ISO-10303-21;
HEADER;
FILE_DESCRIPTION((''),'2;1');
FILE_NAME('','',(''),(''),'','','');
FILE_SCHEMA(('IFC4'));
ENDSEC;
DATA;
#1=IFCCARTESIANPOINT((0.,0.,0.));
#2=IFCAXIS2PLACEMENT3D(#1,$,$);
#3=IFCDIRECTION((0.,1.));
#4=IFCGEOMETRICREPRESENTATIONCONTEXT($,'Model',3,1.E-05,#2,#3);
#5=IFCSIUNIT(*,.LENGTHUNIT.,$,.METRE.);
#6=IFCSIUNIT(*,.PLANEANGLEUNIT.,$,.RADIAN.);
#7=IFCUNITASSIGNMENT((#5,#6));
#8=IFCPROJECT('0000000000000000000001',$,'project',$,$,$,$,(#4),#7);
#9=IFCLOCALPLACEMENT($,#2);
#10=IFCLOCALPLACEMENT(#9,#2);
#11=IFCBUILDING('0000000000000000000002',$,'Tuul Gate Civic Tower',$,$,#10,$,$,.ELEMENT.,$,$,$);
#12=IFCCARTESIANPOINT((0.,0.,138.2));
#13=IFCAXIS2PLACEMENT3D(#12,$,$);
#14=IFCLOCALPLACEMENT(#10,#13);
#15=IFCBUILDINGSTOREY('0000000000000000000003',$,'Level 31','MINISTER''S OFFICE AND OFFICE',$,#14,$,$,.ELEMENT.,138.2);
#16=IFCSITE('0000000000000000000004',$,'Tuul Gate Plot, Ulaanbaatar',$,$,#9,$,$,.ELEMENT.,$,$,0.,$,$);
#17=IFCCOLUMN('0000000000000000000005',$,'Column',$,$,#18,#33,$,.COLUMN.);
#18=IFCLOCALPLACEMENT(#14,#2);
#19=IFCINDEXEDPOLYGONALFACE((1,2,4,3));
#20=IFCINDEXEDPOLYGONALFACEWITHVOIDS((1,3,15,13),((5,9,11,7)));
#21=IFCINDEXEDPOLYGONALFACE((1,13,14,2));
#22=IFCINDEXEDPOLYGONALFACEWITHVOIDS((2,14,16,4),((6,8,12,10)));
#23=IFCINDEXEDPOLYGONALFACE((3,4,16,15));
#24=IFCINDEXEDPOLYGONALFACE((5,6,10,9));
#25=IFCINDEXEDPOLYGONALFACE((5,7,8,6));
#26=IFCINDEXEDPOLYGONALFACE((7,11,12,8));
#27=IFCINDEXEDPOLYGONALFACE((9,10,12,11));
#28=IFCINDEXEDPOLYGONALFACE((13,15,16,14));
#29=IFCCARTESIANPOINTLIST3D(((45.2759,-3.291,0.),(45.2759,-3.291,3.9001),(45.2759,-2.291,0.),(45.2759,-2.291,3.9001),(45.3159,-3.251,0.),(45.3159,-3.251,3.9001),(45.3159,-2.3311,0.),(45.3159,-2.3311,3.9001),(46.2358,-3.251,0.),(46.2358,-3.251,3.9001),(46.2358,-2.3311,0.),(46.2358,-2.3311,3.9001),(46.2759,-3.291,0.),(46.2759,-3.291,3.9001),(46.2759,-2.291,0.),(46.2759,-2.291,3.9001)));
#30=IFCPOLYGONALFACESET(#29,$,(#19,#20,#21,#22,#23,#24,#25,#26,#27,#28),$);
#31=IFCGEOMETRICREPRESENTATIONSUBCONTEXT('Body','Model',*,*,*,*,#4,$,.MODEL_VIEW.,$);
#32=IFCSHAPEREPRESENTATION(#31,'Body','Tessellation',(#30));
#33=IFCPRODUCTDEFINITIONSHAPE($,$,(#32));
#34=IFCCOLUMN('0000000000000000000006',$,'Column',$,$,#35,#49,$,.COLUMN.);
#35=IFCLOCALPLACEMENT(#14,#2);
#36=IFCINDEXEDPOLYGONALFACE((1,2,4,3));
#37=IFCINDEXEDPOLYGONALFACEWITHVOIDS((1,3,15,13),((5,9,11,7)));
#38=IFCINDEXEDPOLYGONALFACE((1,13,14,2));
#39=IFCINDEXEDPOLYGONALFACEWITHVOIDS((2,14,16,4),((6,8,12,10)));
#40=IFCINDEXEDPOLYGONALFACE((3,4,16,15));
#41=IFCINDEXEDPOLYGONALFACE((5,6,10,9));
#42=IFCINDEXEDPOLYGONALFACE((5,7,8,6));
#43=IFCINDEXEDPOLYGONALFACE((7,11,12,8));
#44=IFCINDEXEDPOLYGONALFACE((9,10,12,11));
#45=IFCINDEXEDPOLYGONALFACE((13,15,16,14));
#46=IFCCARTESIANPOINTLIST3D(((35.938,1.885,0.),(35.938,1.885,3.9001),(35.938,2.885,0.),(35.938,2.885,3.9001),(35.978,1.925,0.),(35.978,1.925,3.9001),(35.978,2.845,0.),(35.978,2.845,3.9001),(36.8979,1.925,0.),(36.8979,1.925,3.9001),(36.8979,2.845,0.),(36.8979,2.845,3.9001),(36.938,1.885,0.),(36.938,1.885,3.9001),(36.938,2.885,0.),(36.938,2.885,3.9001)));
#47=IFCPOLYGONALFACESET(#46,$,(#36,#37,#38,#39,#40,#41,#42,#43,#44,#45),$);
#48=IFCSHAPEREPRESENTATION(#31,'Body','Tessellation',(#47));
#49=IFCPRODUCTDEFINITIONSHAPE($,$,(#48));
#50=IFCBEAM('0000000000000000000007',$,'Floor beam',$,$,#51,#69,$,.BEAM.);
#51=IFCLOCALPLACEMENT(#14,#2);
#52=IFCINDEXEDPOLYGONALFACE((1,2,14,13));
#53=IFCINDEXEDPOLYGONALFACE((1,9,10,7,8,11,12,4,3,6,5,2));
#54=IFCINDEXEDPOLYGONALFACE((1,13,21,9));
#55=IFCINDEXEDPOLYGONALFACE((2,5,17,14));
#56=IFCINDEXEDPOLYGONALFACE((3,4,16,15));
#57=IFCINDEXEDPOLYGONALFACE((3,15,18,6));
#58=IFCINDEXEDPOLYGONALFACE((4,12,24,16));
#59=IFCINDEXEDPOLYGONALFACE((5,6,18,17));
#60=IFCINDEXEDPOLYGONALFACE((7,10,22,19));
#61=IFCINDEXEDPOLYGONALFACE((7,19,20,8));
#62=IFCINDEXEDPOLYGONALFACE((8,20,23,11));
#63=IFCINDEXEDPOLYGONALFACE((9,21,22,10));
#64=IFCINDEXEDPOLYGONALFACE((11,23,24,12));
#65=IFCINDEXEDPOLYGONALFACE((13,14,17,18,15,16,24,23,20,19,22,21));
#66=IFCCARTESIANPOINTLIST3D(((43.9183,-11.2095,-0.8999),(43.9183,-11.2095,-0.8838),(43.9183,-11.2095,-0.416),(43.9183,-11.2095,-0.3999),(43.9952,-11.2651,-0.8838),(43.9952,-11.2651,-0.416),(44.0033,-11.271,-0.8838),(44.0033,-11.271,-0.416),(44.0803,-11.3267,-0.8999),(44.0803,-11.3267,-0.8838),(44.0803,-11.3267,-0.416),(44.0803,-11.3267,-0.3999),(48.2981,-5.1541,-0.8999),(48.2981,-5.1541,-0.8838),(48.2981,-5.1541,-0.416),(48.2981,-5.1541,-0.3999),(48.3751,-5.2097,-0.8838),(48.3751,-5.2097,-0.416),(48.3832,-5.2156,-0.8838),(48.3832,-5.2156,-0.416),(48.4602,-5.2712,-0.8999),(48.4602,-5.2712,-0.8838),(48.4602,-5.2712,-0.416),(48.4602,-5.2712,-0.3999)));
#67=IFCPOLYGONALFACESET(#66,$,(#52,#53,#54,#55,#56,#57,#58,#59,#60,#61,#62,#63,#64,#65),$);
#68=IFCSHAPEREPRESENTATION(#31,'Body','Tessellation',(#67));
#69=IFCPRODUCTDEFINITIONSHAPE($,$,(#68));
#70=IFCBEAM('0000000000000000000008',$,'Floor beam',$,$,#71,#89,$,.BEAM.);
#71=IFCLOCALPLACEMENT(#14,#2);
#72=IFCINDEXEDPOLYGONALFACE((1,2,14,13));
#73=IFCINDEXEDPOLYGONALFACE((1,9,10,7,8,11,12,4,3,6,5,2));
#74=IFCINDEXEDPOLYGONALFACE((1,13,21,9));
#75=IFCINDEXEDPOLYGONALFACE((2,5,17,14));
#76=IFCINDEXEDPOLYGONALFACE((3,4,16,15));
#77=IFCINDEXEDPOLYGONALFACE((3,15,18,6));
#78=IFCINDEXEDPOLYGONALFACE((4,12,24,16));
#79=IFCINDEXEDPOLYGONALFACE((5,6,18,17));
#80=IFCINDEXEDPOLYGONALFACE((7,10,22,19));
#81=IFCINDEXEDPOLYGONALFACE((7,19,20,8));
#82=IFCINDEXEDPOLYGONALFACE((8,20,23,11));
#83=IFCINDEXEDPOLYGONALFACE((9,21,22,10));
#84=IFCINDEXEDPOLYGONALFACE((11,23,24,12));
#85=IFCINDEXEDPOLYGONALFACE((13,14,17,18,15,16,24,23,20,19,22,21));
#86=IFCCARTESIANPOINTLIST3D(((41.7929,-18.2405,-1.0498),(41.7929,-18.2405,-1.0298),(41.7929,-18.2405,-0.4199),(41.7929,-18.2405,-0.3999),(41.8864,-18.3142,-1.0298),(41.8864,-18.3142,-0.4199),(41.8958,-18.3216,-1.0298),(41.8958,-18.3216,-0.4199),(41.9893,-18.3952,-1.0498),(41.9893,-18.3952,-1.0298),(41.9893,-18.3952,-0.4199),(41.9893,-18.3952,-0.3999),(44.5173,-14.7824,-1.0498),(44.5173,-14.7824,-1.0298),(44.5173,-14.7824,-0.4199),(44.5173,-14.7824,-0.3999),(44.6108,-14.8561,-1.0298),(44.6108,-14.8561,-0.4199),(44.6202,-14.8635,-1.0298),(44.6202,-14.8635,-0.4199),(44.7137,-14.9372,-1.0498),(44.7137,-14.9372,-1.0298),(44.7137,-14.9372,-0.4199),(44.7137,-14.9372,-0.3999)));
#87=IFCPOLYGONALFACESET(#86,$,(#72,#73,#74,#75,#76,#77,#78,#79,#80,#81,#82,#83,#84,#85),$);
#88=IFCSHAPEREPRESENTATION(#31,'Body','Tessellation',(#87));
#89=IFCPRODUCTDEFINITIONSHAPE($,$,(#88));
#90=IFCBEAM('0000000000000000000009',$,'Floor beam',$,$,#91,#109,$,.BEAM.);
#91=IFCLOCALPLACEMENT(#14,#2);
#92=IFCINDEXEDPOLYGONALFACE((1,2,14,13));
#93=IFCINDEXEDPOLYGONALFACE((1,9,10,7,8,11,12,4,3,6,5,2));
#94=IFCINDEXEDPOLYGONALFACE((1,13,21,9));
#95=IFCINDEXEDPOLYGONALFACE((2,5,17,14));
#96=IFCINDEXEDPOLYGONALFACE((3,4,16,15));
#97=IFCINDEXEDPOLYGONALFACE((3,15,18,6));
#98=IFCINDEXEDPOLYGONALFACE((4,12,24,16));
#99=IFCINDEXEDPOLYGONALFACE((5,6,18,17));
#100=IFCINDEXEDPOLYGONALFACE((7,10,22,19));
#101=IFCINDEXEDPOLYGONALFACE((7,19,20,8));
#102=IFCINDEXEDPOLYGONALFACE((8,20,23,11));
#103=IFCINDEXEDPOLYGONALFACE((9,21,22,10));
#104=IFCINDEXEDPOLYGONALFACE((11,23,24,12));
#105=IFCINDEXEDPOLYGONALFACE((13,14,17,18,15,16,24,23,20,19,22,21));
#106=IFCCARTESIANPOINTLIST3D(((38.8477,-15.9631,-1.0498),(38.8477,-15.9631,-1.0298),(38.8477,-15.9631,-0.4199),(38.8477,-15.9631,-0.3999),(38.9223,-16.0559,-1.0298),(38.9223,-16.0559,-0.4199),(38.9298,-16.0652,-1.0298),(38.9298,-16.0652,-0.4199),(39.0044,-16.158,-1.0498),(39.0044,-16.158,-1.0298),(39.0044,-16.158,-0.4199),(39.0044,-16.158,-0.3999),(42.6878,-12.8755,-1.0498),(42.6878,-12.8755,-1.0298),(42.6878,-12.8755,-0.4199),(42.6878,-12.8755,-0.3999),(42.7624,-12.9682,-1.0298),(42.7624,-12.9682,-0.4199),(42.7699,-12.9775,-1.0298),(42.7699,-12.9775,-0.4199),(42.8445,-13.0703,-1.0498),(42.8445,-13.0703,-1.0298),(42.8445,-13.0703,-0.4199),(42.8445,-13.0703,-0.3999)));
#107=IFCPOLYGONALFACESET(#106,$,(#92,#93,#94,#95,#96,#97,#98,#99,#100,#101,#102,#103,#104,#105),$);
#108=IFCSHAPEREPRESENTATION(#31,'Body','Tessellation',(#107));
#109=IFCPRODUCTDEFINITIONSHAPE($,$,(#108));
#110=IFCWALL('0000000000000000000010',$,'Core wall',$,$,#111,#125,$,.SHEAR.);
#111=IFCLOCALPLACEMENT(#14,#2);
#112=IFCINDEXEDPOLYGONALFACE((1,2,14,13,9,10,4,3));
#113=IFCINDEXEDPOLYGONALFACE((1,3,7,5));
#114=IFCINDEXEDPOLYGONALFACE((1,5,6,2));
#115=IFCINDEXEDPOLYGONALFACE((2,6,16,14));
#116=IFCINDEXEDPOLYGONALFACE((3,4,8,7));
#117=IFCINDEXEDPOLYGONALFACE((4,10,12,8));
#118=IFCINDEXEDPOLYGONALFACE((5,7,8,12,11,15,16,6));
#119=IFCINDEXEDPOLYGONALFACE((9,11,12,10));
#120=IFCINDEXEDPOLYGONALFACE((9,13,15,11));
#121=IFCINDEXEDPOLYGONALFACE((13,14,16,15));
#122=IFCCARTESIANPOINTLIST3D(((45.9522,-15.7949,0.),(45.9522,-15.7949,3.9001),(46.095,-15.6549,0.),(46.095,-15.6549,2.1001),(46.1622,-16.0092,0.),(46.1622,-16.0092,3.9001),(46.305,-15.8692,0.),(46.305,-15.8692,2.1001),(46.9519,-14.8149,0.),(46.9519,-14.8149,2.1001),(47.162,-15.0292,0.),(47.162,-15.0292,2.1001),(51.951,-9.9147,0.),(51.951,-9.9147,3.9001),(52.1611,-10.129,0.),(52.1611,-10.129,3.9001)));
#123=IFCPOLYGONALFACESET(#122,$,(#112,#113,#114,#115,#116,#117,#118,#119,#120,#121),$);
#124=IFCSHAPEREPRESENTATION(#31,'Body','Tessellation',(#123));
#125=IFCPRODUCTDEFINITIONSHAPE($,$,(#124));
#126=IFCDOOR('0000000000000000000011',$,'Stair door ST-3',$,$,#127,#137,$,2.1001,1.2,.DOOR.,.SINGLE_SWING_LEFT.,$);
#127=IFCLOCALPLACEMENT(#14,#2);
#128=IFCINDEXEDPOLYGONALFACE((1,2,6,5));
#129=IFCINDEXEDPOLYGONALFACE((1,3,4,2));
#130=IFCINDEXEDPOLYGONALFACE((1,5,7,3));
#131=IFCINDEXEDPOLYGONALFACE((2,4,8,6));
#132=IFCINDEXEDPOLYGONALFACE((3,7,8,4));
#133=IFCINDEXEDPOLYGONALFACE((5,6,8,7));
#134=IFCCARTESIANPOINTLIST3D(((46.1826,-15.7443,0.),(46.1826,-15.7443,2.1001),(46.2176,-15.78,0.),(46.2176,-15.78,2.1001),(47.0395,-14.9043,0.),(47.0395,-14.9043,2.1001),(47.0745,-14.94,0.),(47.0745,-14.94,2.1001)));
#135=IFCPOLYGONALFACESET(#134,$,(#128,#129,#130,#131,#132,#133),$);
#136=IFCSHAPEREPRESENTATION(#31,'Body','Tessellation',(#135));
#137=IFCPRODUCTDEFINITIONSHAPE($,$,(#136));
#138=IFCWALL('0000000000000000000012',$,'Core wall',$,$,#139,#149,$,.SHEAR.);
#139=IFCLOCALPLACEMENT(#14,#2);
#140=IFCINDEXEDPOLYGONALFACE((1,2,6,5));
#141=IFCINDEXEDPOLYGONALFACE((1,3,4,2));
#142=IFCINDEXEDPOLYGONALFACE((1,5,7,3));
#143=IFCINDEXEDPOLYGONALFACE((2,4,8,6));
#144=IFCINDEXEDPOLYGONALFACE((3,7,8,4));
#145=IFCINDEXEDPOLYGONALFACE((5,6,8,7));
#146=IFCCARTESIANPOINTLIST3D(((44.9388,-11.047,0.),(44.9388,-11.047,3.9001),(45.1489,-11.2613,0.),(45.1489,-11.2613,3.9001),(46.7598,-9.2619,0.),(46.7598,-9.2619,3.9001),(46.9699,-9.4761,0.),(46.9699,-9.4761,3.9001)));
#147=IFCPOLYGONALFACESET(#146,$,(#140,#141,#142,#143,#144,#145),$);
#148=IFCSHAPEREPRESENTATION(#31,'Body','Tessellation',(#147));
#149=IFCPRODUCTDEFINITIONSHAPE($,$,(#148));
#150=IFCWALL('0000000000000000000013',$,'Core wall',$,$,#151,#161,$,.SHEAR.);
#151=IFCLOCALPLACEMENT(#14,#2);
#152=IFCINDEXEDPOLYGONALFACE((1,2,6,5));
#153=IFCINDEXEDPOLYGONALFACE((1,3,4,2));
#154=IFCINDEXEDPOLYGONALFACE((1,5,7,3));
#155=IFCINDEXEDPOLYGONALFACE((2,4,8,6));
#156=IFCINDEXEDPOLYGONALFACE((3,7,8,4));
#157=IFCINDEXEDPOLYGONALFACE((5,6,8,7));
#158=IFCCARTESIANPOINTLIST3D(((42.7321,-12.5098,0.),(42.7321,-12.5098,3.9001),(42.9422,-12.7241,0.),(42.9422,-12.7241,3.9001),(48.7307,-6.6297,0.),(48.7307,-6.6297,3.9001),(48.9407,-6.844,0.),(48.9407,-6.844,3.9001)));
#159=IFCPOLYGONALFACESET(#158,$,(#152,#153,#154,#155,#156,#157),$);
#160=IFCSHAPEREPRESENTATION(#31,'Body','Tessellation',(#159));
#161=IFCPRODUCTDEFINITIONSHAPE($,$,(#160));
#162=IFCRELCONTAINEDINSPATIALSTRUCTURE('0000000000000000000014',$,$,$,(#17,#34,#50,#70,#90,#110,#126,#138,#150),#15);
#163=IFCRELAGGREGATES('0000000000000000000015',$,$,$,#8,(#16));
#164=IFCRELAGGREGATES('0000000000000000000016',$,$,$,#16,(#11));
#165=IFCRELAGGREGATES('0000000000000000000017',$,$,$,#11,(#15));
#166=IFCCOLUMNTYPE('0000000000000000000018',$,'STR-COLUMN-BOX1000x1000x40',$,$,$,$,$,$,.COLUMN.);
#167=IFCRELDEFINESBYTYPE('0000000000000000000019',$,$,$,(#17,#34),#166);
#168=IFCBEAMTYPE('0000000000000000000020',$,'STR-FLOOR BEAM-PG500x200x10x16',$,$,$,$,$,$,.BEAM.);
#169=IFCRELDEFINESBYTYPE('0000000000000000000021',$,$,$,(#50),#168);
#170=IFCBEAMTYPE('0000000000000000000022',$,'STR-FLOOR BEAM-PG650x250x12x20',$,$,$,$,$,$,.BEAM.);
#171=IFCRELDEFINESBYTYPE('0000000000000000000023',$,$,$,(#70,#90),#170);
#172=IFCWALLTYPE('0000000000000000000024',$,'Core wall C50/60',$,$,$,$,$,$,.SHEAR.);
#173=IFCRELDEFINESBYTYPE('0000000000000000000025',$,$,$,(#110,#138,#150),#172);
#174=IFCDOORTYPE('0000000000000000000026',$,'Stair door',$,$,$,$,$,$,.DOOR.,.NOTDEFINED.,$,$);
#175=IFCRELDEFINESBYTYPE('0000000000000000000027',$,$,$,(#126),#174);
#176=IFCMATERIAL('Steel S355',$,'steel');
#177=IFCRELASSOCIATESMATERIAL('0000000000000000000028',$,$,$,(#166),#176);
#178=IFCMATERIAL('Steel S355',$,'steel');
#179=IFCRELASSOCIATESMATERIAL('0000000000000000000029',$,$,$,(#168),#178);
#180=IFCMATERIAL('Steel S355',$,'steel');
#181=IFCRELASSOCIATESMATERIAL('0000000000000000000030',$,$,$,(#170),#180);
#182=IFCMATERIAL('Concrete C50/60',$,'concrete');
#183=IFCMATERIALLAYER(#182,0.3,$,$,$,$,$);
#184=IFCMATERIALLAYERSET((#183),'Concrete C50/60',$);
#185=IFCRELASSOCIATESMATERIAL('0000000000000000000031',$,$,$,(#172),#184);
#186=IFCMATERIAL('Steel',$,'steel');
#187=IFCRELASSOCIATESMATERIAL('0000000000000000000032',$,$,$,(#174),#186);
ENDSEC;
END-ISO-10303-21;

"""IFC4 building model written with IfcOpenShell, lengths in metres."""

from ifc_helpers import new_model, si_unit, direction, frame, frame_2d, origin, origin_2d, place, context, subcontext, project, spatial, rectangle, hollow_rectangle, i_section, extrude, material, layer, layer_set, material_profile, profile_set, type_object, element, fill, save


model = new_model("IFC4")

# Units and contexts
model_context = context("Model", 3, precision=1e-05, world=origin(), true_north=direction((0.0, 1.0)))
body_context = subcontext(model_context, "Body", "Model", "MODEL_VIEW")
ifc_project = project(units=[si_unit("LENGTHUNIT", "METRE"), si_unit("PLANEANGLEUNIT", "RADIAN")], contexts=[model_context])

# Site, building, storey
site_placement = place(None, origin())
site = spatial("IfcSite", under=ifc_project, at=site_placement, Name="Tuul Gate Plot, Ulaanbaatar", CompositionType="ELEMENT", RefElevation=0.0)
building_placement = place(site_placement, origin())
building = spatial("IfcBuilding", under=site, at=building_placement, Name="Tuul Gate Civic Tower", CompositionType="ELEMENT")
storey_placement = place(building_placement, frame((0.0, 0.0, 138.2)))
storey = spatial("IfcBuildingStorey", under=building, at=storey_placement, Name="Level 31", Description="MINISTER'S OFFICE AND OFFICE", CompositionType="ELEMENT", Elevation=138.2)

# Columns
ifc_material_1 = material(Name="Steel S355", Category="steel")
ifc_material_profile_1 = material_profile(ifc_material_1, hollow_rectangle(XDim=1.0, YDim=1.0, WallThickness=0.04, at=origin_2d()), Name="BOX1000x1000x40")
ifc_profile_set_1 = profile_set([ifc_material_profile_1], Name="Steel S355")
column_type = type_object("IfcColumnType", Name="STR-COLUMN-BOX1000x1000x40", PredefinedType="COLUMN", material=ifc_profile_set_1)
for number, where, z_axis, x_axis, name in (
    (1, (45.7759, -2.791, 0.0), (0.0, 0.0, 1.0), (1.0, 0.0, 0.0), "Column"),
    (2, (36.438, 2.385, 0.0), (0.0, 0.0, 1.0), (1.0, 0.0, 0.0), "Column"),
):
    element("IfcColumn", number, at=place(storey_placement, frame(where, z_axis=z_axis, x_axis=x_axis)), inside=storey, type_object=column_type, Name=name, PredefinedType="COLUMN", context=body_context, shape_type="SweptSolid", body=[
        extrude(hollow_rectangle(XDim=1.0, YDim=1.0, WallThickness=0.04, at=origin_2d()), origin(), (0.0, 0.0, 1.0), 3.9001),
    ])

# Beams
ifc_material_2 = material(Name="Steel S355", Category="steel")
ifc_material_profile_2 = material_profile(ifc_material_2, i_section(OverallWidth=0.2, OverallDepth=0.5, WebThickness=0.01, FlangeThickness=0.0161, at=origin_2d()), Name="PG500x200x10x16")
ifc_profile_set_2 = profile_set([ifc_material_profile_2], Name="Steel S355")
beam_type_1 = type_object("IfcBeamType", Name="STR-FLOOR BEAM-PG500x200x10x16", PredefinedType="BEAM", material=ifc_profile_set_2)
beam_1_placement = place(storey_placement, frame((43.9993, -11.2681, -0.6499), z_axis=(0.586064, 0.810265, 0.0), x_axis=(-0.810265, 0.586064, 0.0)))
element("IfcBeam", 3, at=beam_1_placement, inside=storey, type_object=beam_type_1, Name="Floor beam", PredefinedType="BEAM", context=body_context, shape_type="SweptSolid", body=[
    extrude(i_section(OverallWidth=0.2, OverallDepth=0.5, WebThickness=0.01, FlangeThickness=0.0161, at=origin_2d()), origin(), (0.0, 0.0, 1.0), 7.4734),
])
ifc_material_3 = material(Name="Steel S355", Category="steel")
ifc_material_profile_3 = material_profile(ifc_material_3, i_section(OverallWidth=0.25, OverallDepth=0.6499, WebThickness=0.012, FlangeThickness=0.02, at=origin_2d()), Name="PG650x250x12x20")
ifc_profile_set_3 = profile_set([ifc_material_profile_3], Name="Steel S355")
beam_type_2 = type_object("IfcBeamType", Name="STR-FLOOR BEAM-PG650x250x12x20", PredefinedType="BEAM", material=ifc_profile_set_3)
beam_2_placement = place(storey_placement, frame((41.8911, -18.3179, -0.7249), z_axis=(0.618855, 0.785506, 0.0), x_axis=(-0.785506, 0.618855, 0.0)))
element("IfcBeam", 4, at=beam_2_placement, inside=storey, type_object=beam_type_2, Name="Floor beam", PredefinedType="BEAM", context=body_context, shape_type="SweptSolid", body=[
    extrude(i_section(OverallWidth=0.25, OverallDepth=0.6499, WebThickness=0.012, FlangeThickness=0.02, at=origin_2d()), origin(), (0.0, 0.0, 1.0), 4.4023),
])
beam_3_placement = place(storey_placement, frame((38.926, -16.0605, -0.7249), z_axis=(0.779324, 0.626621, 0.0), x_axis=(-0.626621, 0.779324, 0.0)))
element("IfcBeam", 5, at=beam_3_placement, inside=storey, type_object=beam_type_2, Name="Floor beam", PredefinedType="BEAM", context=body_context, shape_type="SweptSolid", body=[
    extrude(i_section(OverallWidth=0.25, OverallDepth=0.6499, WebThickness=0.012, FlangeThickness=0.02, at=origin_2d()), origin(), (0.0, 0.0, 1.0), 4.9275),
])

# Wall, opening, door
ifc_material_4 = material(Name="Concrete C50/60", Category="concrete")
ifc_layer_1 = layer(ifc_material_4, 0.3)
ifc_layer_set_1 = layer_set([ifc_layer_1], Name="Concrete C50/60")
wall_type_1 = type_object("IfcWallType", Name="Core wall C50/60", PredefinedType="SHEAR", material=ifc_layer_set_1)
wall_1_placement = place(storey_placement, frame((46.0571, -15.9021, 0.0), z_axis=(0.0, 0.0, 1.0), x_axis=(0.714134, 0.700009, 0.0)))
wall_1 = element("IfcWall", 6, at=wall_1_placement, inside=storey, type_object=wall_type_1, Name="Core wall", PredefinedType="SHEAR", context=body_context, shape_type="SweptSolid", body=[
    extrude(rectangle(XDim=8.4001, YDim=0.3, at=frame_2d((4.2002, 0.0))), origin(), (0.0, 0.0, 1.0), 3.9001),
])
opening_1_placement = place(wall_1_placement, frame((0.2, 0.0, 0.0)))
opening_1 = element("IfcOpeningElement", 7, at=opening_1_placement, cuts=wall_1, PredefinedType="OPENING", context=body_context, shape_type="SweptSolid", body=[
    extrude(rectangle(XDim=1.2, YDim=2.1001, at=frame_2d((0.6001, 1.05))), frame((0.0, 0.1602, 0.0), z_axis=(0.0, -1.0, 0.0), x_axis=(1.0, 0.0, 0.0)), (0.0, 0.0, 1.0), 0.3201),
])
ifc_material_5 = material(Name="Steel", Category="steel")
door_type_1 = type_object("IfcDoorType", Name="Stair door", OperationType="NOTDEFINED", PredefinedType="DOOR", material=ifc_material_5)
door_1_placement = place(opening_1_placement, origin())
door_1 = element("IfcDoor", 8, at=door_1_placement, inside=storey, type_object=door_type_1, Name="Stair door ST-3", OperationType="SINGLE_SWING_LEFT", OverallHeight=2.1001, OverallWidth=1.2, PredefinedType="DOOR", context=body_context, shape_type="SweptSolid", body=[
    extrude(rectangle(XDim=1.2, YDim=2.1001, at=frame_2d((0.6001, 1.05))), frame((0.0, 0.0249, 0.0), z_axis=(0.0, -1.0, 0.0), x_axis=(1.0, 0.0, 0.0)), (0.0, 0.0, 1.0), 0.05),
])
fill(opening_1, door_1)

# Walls
wall_2_placement = place(storey_placement, frame((45.0439, -11.1541, 0.0), z_axis=(0.0, 0.0, 1.0), x_axis=(0.714108, 0.700035, 0.0)))
element("IfcWall", 9, at=wall_2_placement, inside=storey, type_object=wall_type_1, Name="Core wall", PredefinedType="SHEAR", context=body_context, shape_type="SweptSolid", body=[
    extrude(rectangle(XDim=2.55, YDim=0.3, at=frame_2d((1.2749, 0.0))), origin(), (0.0, 0.0, 1.0), 3.9001),
])
wall_3_placement = place(storey_placement, frame((42.8372, -12.6169, 0.0), z_axis=(0.0, 0.0, 1.0), x_axis=(0.71412, 0.700023, 0.0)))
element("IfcWall", 10, at=wall_3_placement, inside=storey, type_object=wall_type_1, Name="Core wall", PredefinedType="SHEAR", context=body_context, shape_type="SweptSolid", body=[
    extrude(rectangle(XDim=8.3999, YDim=0.3, at=frame_2d((4.2, 0.0))), origin(), (0.0, 0.0, 1.0), 3.9001),
])

save(model, "model.ifc")
